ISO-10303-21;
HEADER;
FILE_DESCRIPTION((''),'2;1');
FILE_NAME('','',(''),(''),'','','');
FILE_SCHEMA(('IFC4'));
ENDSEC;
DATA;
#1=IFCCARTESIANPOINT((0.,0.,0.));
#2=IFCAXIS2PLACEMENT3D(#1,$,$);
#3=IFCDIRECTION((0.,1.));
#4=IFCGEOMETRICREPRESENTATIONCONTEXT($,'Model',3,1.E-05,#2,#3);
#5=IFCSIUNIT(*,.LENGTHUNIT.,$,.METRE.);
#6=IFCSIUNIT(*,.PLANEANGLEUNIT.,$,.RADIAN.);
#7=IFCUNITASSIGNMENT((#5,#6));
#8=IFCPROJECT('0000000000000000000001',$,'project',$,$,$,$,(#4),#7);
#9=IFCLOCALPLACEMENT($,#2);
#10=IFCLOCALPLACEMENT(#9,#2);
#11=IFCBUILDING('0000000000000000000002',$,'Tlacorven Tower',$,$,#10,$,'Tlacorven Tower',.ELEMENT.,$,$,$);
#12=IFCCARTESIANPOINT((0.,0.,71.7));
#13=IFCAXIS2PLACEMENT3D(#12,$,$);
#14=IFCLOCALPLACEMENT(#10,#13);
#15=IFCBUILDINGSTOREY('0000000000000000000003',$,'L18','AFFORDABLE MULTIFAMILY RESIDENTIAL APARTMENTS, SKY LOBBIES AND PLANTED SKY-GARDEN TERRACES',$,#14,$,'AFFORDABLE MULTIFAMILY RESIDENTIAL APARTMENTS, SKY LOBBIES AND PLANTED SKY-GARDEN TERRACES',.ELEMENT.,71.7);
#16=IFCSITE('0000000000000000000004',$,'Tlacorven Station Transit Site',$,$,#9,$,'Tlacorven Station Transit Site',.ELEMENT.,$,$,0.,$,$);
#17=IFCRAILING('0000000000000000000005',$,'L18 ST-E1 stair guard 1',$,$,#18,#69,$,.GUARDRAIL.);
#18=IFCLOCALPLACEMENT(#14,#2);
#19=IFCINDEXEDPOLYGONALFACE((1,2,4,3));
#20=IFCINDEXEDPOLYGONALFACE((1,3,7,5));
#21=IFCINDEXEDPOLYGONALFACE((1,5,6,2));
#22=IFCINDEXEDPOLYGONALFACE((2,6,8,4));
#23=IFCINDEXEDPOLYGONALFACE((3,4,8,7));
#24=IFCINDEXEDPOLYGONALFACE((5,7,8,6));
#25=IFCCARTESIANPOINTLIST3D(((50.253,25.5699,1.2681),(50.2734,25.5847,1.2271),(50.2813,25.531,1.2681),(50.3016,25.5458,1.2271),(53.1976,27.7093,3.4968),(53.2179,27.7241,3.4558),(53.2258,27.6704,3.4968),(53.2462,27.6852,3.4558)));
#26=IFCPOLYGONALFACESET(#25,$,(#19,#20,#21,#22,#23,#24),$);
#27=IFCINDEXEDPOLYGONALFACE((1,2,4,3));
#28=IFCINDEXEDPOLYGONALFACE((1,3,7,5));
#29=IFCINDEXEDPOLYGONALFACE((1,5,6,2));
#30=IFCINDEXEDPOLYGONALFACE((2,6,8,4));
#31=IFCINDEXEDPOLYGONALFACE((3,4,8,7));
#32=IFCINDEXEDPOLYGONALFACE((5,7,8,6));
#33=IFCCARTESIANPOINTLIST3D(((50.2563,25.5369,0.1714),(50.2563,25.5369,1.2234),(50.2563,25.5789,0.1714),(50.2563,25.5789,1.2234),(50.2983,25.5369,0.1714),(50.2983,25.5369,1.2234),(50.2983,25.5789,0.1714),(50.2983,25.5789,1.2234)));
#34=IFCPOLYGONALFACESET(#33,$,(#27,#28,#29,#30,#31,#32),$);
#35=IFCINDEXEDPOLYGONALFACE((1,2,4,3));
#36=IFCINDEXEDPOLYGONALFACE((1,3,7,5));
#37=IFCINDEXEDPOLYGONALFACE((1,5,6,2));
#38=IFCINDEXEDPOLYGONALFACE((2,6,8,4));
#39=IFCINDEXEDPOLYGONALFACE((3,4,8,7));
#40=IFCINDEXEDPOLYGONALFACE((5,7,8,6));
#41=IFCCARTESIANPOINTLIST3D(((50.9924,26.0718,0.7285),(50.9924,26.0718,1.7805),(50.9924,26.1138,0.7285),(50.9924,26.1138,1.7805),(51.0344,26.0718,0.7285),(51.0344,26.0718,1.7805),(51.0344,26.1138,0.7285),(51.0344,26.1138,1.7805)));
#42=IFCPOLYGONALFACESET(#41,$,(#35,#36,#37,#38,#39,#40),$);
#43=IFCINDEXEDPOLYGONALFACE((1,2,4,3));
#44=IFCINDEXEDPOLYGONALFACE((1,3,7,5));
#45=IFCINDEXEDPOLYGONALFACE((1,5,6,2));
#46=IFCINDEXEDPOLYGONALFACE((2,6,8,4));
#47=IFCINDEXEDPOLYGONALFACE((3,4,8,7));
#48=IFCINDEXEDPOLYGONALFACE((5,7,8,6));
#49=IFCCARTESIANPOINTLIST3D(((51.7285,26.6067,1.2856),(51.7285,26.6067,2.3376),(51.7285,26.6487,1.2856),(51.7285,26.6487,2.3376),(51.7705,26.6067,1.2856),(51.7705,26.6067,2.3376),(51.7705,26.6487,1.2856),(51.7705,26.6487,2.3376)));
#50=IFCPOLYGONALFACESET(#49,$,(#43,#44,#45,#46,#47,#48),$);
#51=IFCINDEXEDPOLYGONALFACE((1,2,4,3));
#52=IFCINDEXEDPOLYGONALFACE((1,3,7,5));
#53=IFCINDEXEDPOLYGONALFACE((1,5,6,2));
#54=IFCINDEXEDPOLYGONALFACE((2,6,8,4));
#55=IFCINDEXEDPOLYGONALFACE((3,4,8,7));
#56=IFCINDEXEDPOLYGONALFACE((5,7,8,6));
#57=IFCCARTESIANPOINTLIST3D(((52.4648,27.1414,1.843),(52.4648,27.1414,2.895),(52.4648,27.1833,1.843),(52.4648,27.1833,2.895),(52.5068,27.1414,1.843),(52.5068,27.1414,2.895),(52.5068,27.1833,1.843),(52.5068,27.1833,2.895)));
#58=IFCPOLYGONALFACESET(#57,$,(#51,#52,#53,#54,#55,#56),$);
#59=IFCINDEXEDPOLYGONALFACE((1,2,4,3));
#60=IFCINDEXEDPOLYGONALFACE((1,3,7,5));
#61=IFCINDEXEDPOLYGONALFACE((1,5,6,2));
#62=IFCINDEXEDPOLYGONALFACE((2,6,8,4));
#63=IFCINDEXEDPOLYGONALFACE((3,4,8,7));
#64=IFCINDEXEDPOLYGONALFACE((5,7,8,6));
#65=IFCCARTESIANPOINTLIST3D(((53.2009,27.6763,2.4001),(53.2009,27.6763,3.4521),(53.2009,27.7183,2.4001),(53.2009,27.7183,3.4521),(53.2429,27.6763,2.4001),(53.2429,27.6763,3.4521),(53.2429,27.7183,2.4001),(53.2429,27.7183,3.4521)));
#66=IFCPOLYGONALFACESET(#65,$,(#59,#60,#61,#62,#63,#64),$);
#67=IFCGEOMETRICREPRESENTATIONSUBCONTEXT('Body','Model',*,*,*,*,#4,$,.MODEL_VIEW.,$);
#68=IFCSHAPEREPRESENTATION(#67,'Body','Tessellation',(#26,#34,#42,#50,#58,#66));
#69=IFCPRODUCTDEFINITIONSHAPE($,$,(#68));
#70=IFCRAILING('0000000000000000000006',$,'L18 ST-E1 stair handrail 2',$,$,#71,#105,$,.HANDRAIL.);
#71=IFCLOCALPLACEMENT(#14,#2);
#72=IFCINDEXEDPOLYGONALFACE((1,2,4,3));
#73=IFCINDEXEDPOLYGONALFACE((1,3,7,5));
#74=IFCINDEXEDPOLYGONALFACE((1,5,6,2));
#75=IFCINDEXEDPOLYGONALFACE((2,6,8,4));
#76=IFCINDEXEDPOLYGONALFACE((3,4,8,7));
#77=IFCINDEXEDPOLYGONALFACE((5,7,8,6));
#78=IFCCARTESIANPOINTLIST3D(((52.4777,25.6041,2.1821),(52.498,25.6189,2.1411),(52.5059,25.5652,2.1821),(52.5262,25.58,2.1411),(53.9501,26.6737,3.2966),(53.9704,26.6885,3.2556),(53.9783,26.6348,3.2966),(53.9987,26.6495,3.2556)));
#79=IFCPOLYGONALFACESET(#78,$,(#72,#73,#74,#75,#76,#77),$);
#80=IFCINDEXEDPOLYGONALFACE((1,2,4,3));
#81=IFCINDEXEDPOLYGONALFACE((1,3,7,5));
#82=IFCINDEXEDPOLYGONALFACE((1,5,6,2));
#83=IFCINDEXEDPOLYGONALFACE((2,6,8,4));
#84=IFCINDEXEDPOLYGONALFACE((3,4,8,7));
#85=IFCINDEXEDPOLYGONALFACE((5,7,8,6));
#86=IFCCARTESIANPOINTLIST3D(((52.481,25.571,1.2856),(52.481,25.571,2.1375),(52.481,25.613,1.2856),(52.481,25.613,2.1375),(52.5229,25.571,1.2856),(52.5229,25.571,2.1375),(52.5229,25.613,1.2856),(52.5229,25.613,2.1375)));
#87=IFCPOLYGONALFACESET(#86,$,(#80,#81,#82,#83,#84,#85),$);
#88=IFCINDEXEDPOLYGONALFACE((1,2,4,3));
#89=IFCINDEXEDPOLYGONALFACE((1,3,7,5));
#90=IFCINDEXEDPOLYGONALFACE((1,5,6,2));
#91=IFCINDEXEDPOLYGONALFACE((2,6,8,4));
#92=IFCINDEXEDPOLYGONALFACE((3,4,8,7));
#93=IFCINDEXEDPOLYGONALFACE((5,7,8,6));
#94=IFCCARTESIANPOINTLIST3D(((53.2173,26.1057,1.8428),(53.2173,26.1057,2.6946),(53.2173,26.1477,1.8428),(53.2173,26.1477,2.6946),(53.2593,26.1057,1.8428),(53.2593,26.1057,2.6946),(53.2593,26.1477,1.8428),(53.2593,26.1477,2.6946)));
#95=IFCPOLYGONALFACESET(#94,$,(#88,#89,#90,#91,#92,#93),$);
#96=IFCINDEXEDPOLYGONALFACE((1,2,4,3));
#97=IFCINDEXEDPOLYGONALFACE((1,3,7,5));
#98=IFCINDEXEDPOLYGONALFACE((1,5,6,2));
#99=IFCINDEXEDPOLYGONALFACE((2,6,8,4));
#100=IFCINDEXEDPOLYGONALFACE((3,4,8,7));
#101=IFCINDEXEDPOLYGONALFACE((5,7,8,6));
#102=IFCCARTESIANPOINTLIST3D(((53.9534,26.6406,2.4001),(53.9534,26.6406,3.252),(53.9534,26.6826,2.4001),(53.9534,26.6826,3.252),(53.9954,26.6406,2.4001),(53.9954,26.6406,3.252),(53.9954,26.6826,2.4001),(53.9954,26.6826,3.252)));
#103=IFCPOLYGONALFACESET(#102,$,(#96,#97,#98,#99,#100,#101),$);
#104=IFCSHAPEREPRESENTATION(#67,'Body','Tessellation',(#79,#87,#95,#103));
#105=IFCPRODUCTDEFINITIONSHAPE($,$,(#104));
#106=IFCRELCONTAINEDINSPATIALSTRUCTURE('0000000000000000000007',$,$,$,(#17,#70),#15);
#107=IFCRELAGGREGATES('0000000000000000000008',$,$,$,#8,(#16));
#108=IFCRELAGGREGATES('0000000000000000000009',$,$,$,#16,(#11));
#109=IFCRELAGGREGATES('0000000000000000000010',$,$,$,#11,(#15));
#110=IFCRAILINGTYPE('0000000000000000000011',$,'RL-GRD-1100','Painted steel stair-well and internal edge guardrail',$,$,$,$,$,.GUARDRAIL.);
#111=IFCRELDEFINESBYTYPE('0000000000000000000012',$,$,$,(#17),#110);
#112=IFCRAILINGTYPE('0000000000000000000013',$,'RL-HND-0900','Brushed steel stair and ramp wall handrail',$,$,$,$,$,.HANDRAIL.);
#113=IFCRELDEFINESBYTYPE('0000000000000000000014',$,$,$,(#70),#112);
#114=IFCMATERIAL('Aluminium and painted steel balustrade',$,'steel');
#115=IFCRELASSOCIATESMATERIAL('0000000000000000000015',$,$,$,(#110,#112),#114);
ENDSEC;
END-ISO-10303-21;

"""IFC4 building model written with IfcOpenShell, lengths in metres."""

from ifc_helpers import new_model, si_unit, direction, frame, origin, origin_2d, place, context, subcontext, project, spatial, rectangle, extrude, source, transform, mapped, material, type_object, element, save


model = new_model("IFC4")

# Units and contexts
model_context = context("Model", 3, precision=1e-05, world=origin(), true_north=direction((0.0, 1.0)))
body_context = subcontext(model_context, "Body", "Model", "MODEL_VIEW")
ifc_project = project(units=[si_unit("LENGTHUNIT", "METRE"), si_unit("PLANEANGLEUNIT", "RADIAN")], contexts=[model_context])

# Site, building, storey
site_placement = place(None, origin())
site = spatial("IfcSite", under=ifc_project, at=site_placement, Name="Tlacorven Station Transit Site", LongName="Tlacorven Station Transit Site", CompositionType="ELEMENT", RefElevation=0.0)
building_placement = place(site_placement, origin())
building = spatial("IfcBuilding", under=site, at=building_placement, Name="Tlacorven Tower", LongName="Tlacorven Tower", CompositionType="ELEMENT")
storey_placement = place(building_placement, frame((0.0, 0.0, 71.7)))
storey = spatial("IfcBuildingStorey", under=building, at=storey_placement, Name="L18", Description="AFFORDABLE MULTIFAMILY RESIDENTIAL APARTMENTS, SKY LOBBIES AND PLANTED SKY-GARDEN TERRACES", LongName="AFFORDABLE MULTIFAMILY RESIDENTIAL APARTMENTS, SKY LOBBIES AND PLANTED SKY-GARDEN TERRACES", CompositionType="ELEMENT", Elevation=71.7)

# Railings
ifc_material_1 = material(Name="Aluminium and painted steel balustrade", Category="steel")
railing_type_1 = type_object("IfcRailingType", Name="RL-GRD-1100", Description="Painted steel stair-well and internal edge guardrail", PredefinedType="GUARDRAIL", material=ifc_material_1)
railing_type_2 = type_object("IfcRailingType", Name="RL-HND-0900", Description="Brushed steel stair and ramp wall handrail", PredefinedType="HANDRAIL", material=ifc_material_1)
shared_shape_1 = source(origin(), body_context, "Body", "SweptSolid", [
    extrude(rectangle(XDim=0.0481, YDim=0.0481, at=origin_2d()), frame((0.0, 0.0, 1.0762), z_axis=(0.689936, 0.501278, 0.522215), x_axis=(-0.587793, 0.809012, 0.0)), (0.0, 0.0, 1.0), 4.2678),
    extrude(rectangle(XDim=0.042, YDim=0.042, at=origin_2d()), origin(), (0.0, 0.0, 1.0), 1.052),
    extrude(rectangle(XDim=0.042, YDim=0.042, at=origin_2d()), frame((0.7361, 0.5349, 0.5571)), (0.0, 0.0, 1.0), 1.052),
    extrude(rectangle(XDim=0.042, YDim=0.042, at=origin_2d()), frame((1.4722, 1.0698, 1.1143)), (0.0, 0.0, 1.0), 1.052),
    extrude(rectangle(XDim=0.042, YDim=0.042, at=origin_2d()), frame((2.2085, 1.6045, 1.6716)), (0.0, 0.0, 1.0), 1.052),
    extrude(rectangle(XDim=0.042, YDim=0.042, at=origin_2d()), frame((2.9446, 2.1394, 2.2288)), (0.0, 0.0, 1.0), 1.052),
])
railing_1_placement = place(storey_placement, frame((50.2773, 25.5579, 0.1714)))
element("IfcRailing", 1, at=railing_1_placement, inside=storey, type_object=railing_type_1, Name="L18 ST-E1 stair guard 1", PredefinedType="GUARDRAIL", context=body_context, shape_type="MappedRepresentation", body=[
    mapped(shared_shape_1, transform((0.0, 0.0, 0.0), scale=1.0)),
])
shared_shape_2 = source(origin(), body_context, "Body", "SweptSolid", [
    extrude(rectangle(XDim=0.0481, YDim=0.0481, at=origin_2d()), frame((0.0, 0.0, 0.876), z_axis=(0.689966, 0.5012, 0.522251), x_axis=(-0.587717, 0.809067, 0.0)), (0.0, 0.0, 1.0), 2.134),
    extrude(rectangle(XDim=0.042, YDim=0.042, at=origin_2d()), origin(), (0.0, 0.0, 1.0), 0.8518),
    extrude(rectangle(XDim=0.042, YDim=0.042, at=origin_2d()), frame((0.7363, 0.5347, 0.5571)), (0.0, 0.0, 1.0), 0.8518),
    extrude(rectangle(XDim=0.042, YDim=0.042, at=origin_2d()), frame((1.4724, 1.0696, 1.1145)), (0.0, 0.0, 1.0), 0.8518),
])
railing_2_placement = place(storey_placement, frame((52.502, 25.592, 1.2856)))
element("IfcRailing", 2, at=railing_2_placement, inside=storey, type_object=railing_type_2, Name="L18 ST-E1 stair handrail 2", PredefinedType="HANDRAIL", context=body_context, shape_type="MappedRepresentation", body=[
    mapped(shared_shape_2, transform((0.0, 0.0, 0.0), scale=1.0)),
])

save(model, "model.ifc")
